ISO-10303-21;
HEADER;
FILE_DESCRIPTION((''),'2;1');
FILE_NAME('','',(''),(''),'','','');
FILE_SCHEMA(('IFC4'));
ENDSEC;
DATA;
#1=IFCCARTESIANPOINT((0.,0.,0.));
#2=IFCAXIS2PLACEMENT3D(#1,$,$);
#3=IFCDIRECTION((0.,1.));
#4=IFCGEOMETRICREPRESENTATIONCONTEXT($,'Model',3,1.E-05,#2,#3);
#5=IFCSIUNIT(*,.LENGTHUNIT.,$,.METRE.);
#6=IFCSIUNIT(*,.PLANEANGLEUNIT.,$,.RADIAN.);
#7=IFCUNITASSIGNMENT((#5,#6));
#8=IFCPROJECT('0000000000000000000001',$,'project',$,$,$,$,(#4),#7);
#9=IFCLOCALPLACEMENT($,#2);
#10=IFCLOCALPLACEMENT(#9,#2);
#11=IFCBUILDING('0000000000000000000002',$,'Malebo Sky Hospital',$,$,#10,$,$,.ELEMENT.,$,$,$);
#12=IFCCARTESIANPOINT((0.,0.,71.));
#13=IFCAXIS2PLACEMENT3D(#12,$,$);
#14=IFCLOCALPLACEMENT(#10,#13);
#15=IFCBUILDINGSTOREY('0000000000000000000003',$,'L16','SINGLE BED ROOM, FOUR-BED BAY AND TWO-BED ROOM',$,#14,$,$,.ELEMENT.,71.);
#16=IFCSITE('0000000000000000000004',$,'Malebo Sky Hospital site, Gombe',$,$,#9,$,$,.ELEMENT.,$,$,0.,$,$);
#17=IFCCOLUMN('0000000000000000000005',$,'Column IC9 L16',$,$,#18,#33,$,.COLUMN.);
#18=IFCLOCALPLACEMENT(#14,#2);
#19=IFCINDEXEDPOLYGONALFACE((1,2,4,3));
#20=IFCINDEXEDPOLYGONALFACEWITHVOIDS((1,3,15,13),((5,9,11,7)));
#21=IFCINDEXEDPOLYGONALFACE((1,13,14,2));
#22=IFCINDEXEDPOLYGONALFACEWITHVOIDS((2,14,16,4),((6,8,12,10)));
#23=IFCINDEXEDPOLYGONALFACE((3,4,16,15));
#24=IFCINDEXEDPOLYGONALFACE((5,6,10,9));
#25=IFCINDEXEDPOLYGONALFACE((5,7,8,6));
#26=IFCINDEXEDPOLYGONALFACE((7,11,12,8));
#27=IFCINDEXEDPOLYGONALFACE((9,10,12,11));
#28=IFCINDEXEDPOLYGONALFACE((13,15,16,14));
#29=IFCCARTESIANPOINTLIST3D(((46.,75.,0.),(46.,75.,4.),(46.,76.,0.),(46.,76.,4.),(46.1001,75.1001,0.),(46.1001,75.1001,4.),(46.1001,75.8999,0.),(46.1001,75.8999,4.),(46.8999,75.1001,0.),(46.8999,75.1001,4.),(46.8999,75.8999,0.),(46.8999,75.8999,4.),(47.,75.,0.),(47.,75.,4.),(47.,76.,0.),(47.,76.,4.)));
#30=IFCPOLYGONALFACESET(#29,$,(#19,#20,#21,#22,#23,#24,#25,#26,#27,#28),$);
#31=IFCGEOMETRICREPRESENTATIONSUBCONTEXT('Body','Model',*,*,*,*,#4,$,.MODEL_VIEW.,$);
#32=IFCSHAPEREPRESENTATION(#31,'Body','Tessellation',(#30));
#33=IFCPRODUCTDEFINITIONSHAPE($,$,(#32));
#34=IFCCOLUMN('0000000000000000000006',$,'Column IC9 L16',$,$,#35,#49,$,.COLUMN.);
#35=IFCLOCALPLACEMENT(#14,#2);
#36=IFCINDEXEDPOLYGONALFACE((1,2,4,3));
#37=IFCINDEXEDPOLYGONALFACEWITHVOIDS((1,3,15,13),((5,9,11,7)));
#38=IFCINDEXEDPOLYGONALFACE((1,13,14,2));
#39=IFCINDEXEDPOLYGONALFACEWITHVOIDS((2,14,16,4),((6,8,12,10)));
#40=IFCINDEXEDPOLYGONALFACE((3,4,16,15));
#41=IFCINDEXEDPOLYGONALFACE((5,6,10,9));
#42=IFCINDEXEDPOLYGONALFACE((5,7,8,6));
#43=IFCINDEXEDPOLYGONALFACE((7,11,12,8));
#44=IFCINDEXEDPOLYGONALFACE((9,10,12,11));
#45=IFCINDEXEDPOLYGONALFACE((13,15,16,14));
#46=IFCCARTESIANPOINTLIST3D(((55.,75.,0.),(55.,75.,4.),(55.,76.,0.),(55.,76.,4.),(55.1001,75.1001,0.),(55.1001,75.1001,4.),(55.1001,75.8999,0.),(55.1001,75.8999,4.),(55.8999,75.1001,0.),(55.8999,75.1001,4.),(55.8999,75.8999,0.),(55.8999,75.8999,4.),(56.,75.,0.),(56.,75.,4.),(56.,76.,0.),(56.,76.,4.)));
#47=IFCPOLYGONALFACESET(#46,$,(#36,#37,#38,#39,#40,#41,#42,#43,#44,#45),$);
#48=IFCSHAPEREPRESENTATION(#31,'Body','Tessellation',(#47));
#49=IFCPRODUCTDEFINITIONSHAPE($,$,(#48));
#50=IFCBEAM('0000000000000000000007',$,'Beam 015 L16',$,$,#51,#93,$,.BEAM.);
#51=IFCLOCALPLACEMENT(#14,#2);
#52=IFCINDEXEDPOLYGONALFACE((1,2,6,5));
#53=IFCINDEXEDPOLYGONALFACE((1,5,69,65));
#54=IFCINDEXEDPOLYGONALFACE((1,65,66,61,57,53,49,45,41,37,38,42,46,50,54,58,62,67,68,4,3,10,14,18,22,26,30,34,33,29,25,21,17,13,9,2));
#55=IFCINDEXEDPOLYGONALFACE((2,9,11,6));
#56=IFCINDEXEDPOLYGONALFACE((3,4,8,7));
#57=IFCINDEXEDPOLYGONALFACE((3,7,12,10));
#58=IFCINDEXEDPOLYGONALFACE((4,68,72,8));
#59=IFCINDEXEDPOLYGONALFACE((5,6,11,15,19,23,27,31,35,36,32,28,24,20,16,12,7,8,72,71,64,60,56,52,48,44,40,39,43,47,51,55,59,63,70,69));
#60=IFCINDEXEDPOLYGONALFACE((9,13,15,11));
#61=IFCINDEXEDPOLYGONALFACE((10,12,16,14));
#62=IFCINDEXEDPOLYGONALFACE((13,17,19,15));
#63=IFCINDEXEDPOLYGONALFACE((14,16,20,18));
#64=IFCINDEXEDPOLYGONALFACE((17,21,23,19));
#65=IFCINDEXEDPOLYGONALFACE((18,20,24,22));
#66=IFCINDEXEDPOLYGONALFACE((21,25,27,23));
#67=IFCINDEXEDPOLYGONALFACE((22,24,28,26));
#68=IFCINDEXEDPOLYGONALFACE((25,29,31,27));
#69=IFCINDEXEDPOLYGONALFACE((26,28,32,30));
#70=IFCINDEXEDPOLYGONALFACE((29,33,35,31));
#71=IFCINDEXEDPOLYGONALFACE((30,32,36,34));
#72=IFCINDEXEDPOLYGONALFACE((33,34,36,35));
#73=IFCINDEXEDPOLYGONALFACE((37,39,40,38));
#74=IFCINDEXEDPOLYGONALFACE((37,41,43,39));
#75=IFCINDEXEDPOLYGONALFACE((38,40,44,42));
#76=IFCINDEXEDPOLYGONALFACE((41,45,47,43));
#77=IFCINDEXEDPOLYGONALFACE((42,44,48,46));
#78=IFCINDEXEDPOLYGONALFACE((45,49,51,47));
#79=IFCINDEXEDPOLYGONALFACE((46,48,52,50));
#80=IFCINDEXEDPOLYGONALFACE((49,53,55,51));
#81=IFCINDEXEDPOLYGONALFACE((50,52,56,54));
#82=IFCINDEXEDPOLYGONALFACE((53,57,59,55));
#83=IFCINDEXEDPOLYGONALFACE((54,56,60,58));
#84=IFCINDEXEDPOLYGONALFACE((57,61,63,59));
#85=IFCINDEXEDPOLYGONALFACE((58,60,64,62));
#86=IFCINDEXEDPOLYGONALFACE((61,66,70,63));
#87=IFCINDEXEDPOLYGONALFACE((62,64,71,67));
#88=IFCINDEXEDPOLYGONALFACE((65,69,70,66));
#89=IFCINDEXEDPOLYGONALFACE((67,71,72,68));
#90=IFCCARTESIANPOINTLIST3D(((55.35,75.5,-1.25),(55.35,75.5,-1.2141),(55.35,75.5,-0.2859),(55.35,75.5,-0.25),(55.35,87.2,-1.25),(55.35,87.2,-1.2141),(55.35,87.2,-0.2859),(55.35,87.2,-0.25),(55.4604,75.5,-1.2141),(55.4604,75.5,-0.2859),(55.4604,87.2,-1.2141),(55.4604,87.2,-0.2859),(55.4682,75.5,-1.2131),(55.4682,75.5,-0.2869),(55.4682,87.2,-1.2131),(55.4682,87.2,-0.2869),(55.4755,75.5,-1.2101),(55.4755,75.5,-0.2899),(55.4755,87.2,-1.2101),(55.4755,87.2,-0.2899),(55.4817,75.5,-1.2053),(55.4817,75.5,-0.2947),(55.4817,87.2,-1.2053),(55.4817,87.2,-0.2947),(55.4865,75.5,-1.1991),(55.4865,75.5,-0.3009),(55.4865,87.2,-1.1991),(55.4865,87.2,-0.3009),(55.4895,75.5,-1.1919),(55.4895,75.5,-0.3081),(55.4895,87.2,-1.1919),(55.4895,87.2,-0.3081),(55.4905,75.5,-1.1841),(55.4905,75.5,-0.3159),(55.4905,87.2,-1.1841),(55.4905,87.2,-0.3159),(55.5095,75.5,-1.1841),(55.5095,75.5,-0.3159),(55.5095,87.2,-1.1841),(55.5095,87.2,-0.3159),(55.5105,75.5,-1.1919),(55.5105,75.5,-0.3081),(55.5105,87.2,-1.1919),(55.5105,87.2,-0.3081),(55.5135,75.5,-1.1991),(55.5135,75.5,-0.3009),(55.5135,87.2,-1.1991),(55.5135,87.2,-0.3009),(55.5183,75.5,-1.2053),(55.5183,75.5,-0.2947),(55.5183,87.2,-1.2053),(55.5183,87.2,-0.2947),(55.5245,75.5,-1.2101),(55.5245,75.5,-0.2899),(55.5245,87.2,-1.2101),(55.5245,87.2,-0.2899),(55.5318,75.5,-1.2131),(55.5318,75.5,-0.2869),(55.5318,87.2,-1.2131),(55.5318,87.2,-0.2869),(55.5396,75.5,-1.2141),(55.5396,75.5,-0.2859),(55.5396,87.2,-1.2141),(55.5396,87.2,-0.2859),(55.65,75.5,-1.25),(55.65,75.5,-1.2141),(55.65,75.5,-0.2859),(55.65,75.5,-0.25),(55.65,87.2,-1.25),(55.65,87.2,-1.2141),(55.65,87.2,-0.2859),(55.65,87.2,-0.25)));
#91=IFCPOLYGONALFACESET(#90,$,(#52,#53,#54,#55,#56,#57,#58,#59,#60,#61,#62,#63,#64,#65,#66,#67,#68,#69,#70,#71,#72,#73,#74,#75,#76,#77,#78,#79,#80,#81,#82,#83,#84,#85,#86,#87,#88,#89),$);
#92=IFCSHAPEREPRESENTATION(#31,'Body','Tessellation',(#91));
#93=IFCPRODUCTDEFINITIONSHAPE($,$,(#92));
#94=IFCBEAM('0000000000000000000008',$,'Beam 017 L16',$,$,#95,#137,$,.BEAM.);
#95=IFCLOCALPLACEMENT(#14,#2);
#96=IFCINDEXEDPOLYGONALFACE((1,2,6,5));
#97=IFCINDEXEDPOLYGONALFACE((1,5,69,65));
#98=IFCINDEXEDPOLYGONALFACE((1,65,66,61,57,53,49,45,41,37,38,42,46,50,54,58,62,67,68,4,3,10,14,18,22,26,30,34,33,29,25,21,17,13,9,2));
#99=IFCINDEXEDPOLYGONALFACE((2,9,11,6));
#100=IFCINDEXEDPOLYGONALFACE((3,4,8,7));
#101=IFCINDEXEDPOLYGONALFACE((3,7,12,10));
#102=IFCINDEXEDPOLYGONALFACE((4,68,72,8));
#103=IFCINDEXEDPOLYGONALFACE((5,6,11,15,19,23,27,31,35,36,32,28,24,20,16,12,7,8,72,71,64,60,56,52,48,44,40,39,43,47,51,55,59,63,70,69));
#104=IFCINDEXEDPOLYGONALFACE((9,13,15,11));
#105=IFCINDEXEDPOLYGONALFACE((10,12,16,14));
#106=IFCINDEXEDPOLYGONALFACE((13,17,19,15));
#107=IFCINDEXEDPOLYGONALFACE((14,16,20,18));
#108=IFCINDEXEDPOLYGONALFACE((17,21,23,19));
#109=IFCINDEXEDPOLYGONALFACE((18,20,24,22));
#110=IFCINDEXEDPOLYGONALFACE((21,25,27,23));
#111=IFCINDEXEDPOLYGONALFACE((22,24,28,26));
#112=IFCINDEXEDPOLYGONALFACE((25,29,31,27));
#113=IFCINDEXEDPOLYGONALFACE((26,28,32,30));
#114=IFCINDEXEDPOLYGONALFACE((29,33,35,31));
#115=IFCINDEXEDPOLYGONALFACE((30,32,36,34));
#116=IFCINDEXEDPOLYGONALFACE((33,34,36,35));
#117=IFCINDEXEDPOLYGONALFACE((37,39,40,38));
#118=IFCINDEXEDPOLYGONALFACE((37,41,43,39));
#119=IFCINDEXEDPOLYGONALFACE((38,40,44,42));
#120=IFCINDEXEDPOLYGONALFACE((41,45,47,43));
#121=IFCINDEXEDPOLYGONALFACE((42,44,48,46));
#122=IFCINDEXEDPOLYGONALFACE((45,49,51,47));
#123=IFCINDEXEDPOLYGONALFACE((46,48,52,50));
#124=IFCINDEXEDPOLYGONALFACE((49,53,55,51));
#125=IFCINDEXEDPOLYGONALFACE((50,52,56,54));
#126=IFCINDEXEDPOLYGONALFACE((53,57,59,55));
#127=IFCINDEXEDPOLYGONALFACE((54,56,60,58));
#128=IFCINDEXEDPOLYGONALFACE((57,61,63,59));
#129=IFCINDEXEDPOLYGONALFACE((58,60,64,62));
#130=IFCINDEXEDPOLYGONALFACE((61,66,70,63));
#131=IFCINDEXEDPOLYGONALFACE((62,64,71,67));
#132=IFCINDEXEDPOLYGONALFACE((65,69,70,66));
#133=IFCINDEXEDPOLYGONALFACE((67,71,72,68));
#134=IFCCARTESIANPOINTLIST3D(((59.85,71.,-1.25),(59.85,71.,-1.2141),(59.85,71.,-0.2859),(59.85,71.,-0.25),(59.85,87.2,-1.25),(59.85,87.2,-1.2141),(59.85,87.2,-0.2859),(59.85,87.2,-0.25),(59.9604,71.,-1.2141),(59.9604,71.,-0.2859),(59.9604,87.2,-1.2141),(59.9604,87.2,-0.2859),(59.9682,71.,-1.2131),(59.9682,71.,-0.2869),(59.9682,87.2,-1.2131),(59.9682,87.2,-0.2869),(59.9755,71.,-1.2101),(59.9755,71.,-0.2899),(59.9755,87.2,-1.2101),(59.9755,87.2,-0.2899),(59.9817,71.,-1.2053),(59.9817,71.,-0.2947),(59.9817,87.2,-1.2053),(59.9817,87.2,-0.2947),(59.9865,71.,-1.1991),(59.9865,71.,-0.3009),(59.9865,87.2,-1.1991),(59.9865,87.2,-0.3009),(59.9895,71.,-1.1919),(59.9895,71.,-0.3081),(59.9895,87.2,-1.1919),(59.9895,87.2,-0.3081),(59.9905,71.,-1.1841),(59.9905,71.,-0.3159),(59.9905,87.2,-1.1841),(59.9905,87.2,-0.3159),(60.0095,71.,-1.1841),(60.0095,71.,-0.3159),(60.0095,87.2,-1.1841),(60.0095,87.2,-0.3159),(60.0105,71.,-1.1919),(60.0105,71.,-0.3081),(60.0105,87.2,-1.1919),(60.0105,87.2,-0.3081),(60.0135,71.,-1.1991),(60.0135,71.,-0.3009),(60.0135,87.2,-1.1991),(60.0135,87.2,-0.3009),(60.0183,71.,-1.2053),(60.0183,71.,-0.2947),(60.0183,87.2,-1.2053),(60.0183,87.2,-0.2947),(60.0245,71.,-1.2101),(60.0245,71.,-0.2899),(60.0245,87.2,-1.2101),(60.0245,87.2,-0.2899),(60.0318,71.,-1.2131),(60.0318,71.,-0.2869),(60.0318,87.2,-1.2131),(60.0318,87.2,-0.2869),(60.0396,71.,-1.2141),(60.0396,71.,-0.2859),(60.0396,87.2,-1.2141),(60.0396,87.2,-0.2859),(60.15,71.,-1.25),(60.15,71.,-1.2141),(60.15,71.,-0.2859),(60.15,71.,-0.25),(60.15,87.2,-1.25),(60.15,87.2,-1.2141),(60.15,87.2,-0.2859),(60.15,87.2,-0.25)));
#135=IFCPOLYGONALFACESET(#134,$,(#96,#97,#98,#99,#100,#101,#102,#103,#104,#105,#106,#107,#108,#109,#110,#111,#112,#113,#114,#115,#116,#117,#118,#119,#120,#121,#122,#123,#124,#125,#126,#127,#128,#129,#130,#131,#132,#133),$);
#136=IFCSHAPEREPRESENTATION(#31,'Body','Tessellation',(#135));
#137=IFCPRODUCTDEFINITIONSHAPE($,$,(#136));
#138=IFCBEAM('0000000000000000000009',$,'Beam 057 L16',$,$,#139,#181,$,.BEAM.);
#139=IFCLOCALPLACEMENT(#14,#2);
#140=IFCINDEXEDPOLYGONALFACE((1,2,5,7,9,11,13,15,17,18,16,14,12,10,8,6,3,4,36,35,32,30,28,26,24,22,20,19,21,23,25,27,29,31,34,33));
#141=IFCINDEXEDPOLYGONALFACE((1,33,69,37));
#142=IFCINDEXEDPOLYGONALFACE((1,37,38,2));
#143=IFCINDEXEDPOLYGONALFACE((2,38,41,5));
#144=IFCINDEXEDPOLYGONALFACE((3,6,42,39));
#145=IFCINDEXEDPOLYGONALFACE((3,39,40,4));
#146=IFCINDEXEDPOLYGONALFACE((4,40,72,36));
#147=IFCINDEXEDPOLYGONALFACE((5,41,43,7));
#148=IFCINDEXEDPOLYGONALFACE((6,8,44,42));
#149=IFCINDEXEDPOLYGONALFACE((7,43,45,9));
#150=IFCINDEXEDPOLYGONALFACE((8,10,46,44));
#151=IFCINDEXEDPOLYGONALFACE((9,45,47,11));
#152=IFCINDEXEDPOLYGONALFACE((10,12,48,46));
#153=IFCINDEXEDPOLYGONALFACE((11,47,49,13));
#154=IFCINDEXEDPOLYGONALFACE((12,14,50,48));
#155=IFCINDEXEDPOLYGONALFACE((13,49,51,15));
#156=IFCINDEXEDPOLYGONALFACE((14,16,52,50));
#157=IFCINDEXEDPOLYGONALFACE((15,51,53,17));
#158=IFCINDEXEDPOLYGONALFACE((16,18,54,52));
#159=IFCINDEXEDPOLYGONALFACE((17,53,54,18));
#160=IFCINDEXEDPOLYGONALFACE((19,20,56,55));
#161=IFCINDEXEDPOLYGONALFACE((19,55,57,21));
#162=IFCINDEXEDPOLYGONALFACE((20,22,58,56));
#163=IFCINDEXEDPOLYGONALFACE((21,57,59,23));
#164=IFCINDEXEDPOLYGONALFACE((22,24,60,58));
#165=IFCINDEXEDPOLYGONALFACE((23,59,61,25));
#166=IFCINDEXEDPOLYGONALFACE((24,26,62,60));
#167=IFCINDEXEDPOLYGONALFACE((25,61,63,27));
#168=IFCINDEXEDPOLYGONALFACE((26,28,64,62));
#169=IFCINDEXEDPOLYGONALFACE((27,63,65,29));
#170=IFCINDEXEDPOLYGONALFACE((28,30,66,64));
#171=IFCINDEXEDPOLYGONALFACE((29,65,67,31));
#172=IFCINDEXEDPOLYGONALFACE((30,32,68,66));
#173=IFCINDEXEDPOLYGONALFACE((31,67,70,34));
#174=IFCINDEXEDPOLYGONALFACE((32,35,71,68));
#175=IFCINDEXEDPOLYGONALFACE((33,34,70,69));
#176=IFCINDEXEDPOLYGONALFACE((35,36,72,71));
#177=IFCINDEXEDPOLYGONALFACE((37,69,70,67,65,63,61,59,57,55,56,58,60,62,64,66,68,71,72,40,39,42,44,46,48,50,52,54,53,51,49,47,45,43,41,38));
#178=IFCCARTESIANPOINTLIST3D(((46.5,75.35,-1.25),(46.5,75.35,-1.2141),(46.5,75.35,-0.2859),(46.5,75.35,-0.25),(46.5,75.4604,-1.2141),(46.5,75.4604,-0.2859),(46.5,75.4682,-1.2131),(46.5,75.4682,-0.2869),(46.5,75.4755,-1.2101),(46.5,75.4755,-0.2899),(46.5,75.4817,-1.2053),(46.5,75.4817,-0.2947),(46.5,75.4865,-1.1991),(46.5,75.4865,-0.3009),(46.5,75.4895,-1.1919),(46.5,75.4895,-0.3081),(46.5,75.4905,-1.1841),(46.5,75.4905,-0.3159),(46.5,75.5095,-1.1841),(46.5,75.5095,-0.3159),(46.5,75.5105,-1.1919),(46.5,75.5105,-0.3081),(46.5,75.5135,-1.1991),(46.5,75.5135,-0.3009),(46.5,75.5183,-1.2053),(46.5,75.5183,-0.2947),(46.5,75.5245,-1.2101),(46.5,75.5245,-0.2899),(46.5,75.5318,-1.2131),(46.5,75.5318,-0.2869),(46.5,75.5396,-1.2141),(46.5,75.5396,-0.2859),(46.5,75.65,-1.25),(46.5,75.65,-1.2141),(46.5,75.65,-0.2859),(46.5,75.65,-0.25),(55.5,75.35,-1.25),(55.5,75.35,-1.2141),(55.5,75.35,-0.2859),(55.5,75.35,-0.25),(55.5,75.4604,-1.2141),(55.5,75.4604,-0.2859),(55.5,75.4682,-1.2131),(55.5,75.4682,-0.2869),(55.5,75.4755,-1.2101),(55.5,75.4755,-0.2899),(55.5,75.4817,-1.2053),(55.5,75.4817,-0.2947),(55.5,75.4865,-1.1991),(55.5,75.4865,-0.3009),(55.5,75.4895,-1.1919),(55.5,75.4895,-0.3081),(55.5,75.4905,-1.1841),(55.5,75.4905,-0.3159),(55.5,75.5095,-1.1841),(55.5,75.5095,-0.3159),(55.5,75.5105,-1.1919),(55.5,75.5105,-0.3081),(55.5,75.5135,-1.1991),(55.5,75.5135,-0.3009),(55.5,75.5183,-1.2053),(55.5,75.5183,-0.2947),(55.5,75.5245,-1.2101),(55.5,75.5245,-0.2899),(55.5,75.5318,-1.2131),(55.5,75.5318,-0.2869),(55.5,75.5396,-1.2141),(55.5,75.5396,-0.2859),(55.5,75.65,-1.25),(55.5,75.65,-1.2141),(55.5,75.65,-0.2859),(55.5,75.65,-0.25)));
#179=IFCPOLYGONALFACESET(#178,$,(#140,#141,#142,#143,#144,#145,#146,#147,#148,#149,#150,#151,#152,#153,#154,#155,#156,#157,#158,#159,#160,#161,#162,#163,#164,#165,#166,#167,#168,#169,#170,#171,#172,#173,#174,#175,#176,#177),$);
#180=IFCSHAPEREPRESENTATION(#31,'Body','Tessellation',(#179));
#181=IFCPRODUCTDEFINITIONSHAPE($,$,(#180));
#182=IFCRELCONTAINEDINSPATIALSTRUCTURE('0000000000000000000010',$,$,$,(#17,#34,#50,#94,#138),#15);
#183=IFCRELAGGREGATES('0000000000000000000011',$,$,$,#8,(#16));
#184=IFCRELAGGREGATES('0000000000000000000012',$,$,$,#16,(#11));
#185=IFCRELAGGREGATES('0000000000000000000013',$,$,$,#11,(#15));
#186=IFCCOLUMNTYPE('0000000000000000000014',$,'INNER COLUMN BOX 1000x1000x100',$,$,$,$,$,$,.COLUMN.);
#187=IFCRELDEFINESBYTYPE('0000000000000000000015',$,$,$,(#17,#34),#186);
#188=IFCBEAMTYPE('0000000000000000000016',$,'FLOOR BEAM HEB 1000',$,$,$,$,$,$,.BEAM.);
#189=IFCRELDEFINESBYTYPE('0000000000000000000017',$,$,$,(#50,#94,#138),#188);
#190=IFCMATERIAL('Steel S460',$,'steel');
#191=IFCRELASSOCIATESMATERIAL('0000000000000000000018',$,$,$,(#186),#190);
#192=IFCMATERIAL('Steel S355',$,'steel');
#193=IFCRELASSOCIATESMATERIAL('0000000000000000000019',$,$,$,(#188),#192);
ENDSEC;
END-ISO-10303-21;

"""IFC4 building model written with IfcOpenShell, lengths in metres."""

from ifc_helpers import new_model, si_unit, direction, frame, origin, origin_2d, place, context, subcontext, project, spatial, hollow_rectangle, i_section, extrude, material, material_profile, profile_set, type_object, element, save


model = new_model("IFC4")

# Units and contexts
model_context = context("Model", 3, precision=1e-05, world=origin(), true_north=direction((0.0, 1.0)))
body_context = subcontext(model_context, "Body", "Model", "MODEL_VIEW")
ifc_project = project(units=[si_unit("LENGTHUNIT", "METRE"), si_unit("PLANEANGLEUNIT", "RADIAN")], contexts=[model_context])

# Site, building, storey
site_placement = place(None, origin())
site = spatial("IfcSite", under=ifc_project, at=site_placement, Name="Malebo Sky Hospital site, Gombe", CompositionType="ELEMENT", RefElevation=0.0)
building_placement = place(site_placement, origin())
building = spatial("IfcBuilding", under=site, at=building_placement, Name="Malebo Sky Hospital", CompositionType="ELEMENT")
storey_placement = place(building_placement, frame((0.0, 0.0, 71.0)))
storey = spatial("IfcBuildingStorey", under=building, at=storey_placement, Name="L16", Description="SINGLE BED ROOM, FOUR-BED BAY AND TWO-BED ROOM", CompositionType="ELEMENT", Elevation=71.0)

# Columns
ifc_material_1 = material(Name="Steel S460", Category="steel")
ifc_material_profile_1 = material_profile(ifc_material_1, hollow_rectangle(XDim=1.0, YDim=1.0, WallThickness=0.1001, at=origin_2d()), Name="BOX 1000x1000x100")
ifc_profile_set_1 = profile_set([ifc_material_profile_1], Name="Steel S460")
column_type = type_object("IfcColumnType", Name="INNER COLUMN BOX 1000x1000x100", PredefinedType="COLUMN", material=ifc_profile_set_1)
for number, where, z_axis, x_axis, name in (
    (1, (46.5, 75.5, 0.0), (0.0, 0.0, 1.0), (1.0, 0.0, 0.0), "Column IC9 L16"),
    (2, (55.5, 75.5, 0.0), (0.0, 0.0, 1.0), (1.0, 0.0, 0.0), "Column IC9 L16"),
):
    element("IfcColumn", number, at=place(storey_placement, frame(where, z_axis=z_axis, x_axis=x_axis)), inside=storey, type_object=column_type, Name=name, PredefinedType="COLUMN", context=body_context, shape_type="SweptSolid", body=[
        extrude(hollow_rectangle(XDim=1.0, YDim=1.0, WallThickness=0.1001, at=origin_2d()), origin(), (0.0, 0.0, 1.0), 4.0),
    ])

# Beams
ifc_material_2 = material(Name="Steel S355", Category="steel")
ifc_material_profile_2 = material_profile(ifc_material_2, i_section(OverallWidth=0.3, OverallDepth=1.0, WebThickness=0.019, FlangeThickness=0.0359, FilletRadius=0.03, at=origin_2d()), Name="HEB 1000")
ifc_profile_set_2 = profile_set([ifc_material_profile_2], Name="Steel S355")
beam_type_1 = type_object("IfcBeamType", Name="FLOOR BEAM HEB 1000", PredefinedType="BEAM", material=ifc_profile_set_2)
beam_1_placement = place(storey_placement, frame((55.5, 75.5, -0.75), z_axis=(0.0, 1.0, 0.0), x_axis=(-1.0, 0.0, 0.0)))
element("IfcBeam", 3, at=beam_1_placement, inside=storey, type_object=beam_type_1, Name="Beam 015 L16", PredefinedType="BEAM", context=body_context, shape_type="SweptSolid", body=[
    extrude(i_section(OverallWidth=0.3, OverallDepth=1.0, WebThickness=0.019, FlangeThickness=0.0359, FilletRadius=0.03, at=origin_2d()), origin(), (0.0, 0.0, 1.0), 11.7),
])
beam_2_placement = place(storey_placement, frame((60.0, 71.0, -0.75), z_axis=(0.0, 1.0, 0.0), x_axis=(-1.0, 0.0, 0.0)))
element("IfcBeam", 4, at=beam_2_placement, inside=storey, type_object=beam_type_1, Name="Beam 017 L16", PredefinedType="BEAM", context=body_context, shape_type="SweptSolid", body=[
    extrude(i_section(OverallWidth=0.3, OverallDepth=1.0, WebThickness=0.019, FlangeThickness=0.0359, FilletRadius=0.03, at=origin_2d()), origin(), (0.0, 0.0, 1.0), 16.2),
])
beam_3_placement = place(storey_placement, frame((46.5, 75.5, -0.75), z_axis=(1.0, 0.0, 0.0), x_axis=(0.0, 1.0, 0.0)))
element("IfcBeam", 5, at=beam_3_placement, inside=storey, type_object=beam_type_1, Name="Beam 057 L16", PredefinedType="BEAM", context=body_context, shape_type="SweptSolid", body=[
    extrude(i_section(OverallWidth=0.3, OverallDepth=1.0, WebThickness=0.019, FlangeThickness=0.0359, FilletRadius=0.03, at=origin_2d()), origin(), (0.0, 0.0, 1.0), 9.0),
])

save(model, "model.ifc")
